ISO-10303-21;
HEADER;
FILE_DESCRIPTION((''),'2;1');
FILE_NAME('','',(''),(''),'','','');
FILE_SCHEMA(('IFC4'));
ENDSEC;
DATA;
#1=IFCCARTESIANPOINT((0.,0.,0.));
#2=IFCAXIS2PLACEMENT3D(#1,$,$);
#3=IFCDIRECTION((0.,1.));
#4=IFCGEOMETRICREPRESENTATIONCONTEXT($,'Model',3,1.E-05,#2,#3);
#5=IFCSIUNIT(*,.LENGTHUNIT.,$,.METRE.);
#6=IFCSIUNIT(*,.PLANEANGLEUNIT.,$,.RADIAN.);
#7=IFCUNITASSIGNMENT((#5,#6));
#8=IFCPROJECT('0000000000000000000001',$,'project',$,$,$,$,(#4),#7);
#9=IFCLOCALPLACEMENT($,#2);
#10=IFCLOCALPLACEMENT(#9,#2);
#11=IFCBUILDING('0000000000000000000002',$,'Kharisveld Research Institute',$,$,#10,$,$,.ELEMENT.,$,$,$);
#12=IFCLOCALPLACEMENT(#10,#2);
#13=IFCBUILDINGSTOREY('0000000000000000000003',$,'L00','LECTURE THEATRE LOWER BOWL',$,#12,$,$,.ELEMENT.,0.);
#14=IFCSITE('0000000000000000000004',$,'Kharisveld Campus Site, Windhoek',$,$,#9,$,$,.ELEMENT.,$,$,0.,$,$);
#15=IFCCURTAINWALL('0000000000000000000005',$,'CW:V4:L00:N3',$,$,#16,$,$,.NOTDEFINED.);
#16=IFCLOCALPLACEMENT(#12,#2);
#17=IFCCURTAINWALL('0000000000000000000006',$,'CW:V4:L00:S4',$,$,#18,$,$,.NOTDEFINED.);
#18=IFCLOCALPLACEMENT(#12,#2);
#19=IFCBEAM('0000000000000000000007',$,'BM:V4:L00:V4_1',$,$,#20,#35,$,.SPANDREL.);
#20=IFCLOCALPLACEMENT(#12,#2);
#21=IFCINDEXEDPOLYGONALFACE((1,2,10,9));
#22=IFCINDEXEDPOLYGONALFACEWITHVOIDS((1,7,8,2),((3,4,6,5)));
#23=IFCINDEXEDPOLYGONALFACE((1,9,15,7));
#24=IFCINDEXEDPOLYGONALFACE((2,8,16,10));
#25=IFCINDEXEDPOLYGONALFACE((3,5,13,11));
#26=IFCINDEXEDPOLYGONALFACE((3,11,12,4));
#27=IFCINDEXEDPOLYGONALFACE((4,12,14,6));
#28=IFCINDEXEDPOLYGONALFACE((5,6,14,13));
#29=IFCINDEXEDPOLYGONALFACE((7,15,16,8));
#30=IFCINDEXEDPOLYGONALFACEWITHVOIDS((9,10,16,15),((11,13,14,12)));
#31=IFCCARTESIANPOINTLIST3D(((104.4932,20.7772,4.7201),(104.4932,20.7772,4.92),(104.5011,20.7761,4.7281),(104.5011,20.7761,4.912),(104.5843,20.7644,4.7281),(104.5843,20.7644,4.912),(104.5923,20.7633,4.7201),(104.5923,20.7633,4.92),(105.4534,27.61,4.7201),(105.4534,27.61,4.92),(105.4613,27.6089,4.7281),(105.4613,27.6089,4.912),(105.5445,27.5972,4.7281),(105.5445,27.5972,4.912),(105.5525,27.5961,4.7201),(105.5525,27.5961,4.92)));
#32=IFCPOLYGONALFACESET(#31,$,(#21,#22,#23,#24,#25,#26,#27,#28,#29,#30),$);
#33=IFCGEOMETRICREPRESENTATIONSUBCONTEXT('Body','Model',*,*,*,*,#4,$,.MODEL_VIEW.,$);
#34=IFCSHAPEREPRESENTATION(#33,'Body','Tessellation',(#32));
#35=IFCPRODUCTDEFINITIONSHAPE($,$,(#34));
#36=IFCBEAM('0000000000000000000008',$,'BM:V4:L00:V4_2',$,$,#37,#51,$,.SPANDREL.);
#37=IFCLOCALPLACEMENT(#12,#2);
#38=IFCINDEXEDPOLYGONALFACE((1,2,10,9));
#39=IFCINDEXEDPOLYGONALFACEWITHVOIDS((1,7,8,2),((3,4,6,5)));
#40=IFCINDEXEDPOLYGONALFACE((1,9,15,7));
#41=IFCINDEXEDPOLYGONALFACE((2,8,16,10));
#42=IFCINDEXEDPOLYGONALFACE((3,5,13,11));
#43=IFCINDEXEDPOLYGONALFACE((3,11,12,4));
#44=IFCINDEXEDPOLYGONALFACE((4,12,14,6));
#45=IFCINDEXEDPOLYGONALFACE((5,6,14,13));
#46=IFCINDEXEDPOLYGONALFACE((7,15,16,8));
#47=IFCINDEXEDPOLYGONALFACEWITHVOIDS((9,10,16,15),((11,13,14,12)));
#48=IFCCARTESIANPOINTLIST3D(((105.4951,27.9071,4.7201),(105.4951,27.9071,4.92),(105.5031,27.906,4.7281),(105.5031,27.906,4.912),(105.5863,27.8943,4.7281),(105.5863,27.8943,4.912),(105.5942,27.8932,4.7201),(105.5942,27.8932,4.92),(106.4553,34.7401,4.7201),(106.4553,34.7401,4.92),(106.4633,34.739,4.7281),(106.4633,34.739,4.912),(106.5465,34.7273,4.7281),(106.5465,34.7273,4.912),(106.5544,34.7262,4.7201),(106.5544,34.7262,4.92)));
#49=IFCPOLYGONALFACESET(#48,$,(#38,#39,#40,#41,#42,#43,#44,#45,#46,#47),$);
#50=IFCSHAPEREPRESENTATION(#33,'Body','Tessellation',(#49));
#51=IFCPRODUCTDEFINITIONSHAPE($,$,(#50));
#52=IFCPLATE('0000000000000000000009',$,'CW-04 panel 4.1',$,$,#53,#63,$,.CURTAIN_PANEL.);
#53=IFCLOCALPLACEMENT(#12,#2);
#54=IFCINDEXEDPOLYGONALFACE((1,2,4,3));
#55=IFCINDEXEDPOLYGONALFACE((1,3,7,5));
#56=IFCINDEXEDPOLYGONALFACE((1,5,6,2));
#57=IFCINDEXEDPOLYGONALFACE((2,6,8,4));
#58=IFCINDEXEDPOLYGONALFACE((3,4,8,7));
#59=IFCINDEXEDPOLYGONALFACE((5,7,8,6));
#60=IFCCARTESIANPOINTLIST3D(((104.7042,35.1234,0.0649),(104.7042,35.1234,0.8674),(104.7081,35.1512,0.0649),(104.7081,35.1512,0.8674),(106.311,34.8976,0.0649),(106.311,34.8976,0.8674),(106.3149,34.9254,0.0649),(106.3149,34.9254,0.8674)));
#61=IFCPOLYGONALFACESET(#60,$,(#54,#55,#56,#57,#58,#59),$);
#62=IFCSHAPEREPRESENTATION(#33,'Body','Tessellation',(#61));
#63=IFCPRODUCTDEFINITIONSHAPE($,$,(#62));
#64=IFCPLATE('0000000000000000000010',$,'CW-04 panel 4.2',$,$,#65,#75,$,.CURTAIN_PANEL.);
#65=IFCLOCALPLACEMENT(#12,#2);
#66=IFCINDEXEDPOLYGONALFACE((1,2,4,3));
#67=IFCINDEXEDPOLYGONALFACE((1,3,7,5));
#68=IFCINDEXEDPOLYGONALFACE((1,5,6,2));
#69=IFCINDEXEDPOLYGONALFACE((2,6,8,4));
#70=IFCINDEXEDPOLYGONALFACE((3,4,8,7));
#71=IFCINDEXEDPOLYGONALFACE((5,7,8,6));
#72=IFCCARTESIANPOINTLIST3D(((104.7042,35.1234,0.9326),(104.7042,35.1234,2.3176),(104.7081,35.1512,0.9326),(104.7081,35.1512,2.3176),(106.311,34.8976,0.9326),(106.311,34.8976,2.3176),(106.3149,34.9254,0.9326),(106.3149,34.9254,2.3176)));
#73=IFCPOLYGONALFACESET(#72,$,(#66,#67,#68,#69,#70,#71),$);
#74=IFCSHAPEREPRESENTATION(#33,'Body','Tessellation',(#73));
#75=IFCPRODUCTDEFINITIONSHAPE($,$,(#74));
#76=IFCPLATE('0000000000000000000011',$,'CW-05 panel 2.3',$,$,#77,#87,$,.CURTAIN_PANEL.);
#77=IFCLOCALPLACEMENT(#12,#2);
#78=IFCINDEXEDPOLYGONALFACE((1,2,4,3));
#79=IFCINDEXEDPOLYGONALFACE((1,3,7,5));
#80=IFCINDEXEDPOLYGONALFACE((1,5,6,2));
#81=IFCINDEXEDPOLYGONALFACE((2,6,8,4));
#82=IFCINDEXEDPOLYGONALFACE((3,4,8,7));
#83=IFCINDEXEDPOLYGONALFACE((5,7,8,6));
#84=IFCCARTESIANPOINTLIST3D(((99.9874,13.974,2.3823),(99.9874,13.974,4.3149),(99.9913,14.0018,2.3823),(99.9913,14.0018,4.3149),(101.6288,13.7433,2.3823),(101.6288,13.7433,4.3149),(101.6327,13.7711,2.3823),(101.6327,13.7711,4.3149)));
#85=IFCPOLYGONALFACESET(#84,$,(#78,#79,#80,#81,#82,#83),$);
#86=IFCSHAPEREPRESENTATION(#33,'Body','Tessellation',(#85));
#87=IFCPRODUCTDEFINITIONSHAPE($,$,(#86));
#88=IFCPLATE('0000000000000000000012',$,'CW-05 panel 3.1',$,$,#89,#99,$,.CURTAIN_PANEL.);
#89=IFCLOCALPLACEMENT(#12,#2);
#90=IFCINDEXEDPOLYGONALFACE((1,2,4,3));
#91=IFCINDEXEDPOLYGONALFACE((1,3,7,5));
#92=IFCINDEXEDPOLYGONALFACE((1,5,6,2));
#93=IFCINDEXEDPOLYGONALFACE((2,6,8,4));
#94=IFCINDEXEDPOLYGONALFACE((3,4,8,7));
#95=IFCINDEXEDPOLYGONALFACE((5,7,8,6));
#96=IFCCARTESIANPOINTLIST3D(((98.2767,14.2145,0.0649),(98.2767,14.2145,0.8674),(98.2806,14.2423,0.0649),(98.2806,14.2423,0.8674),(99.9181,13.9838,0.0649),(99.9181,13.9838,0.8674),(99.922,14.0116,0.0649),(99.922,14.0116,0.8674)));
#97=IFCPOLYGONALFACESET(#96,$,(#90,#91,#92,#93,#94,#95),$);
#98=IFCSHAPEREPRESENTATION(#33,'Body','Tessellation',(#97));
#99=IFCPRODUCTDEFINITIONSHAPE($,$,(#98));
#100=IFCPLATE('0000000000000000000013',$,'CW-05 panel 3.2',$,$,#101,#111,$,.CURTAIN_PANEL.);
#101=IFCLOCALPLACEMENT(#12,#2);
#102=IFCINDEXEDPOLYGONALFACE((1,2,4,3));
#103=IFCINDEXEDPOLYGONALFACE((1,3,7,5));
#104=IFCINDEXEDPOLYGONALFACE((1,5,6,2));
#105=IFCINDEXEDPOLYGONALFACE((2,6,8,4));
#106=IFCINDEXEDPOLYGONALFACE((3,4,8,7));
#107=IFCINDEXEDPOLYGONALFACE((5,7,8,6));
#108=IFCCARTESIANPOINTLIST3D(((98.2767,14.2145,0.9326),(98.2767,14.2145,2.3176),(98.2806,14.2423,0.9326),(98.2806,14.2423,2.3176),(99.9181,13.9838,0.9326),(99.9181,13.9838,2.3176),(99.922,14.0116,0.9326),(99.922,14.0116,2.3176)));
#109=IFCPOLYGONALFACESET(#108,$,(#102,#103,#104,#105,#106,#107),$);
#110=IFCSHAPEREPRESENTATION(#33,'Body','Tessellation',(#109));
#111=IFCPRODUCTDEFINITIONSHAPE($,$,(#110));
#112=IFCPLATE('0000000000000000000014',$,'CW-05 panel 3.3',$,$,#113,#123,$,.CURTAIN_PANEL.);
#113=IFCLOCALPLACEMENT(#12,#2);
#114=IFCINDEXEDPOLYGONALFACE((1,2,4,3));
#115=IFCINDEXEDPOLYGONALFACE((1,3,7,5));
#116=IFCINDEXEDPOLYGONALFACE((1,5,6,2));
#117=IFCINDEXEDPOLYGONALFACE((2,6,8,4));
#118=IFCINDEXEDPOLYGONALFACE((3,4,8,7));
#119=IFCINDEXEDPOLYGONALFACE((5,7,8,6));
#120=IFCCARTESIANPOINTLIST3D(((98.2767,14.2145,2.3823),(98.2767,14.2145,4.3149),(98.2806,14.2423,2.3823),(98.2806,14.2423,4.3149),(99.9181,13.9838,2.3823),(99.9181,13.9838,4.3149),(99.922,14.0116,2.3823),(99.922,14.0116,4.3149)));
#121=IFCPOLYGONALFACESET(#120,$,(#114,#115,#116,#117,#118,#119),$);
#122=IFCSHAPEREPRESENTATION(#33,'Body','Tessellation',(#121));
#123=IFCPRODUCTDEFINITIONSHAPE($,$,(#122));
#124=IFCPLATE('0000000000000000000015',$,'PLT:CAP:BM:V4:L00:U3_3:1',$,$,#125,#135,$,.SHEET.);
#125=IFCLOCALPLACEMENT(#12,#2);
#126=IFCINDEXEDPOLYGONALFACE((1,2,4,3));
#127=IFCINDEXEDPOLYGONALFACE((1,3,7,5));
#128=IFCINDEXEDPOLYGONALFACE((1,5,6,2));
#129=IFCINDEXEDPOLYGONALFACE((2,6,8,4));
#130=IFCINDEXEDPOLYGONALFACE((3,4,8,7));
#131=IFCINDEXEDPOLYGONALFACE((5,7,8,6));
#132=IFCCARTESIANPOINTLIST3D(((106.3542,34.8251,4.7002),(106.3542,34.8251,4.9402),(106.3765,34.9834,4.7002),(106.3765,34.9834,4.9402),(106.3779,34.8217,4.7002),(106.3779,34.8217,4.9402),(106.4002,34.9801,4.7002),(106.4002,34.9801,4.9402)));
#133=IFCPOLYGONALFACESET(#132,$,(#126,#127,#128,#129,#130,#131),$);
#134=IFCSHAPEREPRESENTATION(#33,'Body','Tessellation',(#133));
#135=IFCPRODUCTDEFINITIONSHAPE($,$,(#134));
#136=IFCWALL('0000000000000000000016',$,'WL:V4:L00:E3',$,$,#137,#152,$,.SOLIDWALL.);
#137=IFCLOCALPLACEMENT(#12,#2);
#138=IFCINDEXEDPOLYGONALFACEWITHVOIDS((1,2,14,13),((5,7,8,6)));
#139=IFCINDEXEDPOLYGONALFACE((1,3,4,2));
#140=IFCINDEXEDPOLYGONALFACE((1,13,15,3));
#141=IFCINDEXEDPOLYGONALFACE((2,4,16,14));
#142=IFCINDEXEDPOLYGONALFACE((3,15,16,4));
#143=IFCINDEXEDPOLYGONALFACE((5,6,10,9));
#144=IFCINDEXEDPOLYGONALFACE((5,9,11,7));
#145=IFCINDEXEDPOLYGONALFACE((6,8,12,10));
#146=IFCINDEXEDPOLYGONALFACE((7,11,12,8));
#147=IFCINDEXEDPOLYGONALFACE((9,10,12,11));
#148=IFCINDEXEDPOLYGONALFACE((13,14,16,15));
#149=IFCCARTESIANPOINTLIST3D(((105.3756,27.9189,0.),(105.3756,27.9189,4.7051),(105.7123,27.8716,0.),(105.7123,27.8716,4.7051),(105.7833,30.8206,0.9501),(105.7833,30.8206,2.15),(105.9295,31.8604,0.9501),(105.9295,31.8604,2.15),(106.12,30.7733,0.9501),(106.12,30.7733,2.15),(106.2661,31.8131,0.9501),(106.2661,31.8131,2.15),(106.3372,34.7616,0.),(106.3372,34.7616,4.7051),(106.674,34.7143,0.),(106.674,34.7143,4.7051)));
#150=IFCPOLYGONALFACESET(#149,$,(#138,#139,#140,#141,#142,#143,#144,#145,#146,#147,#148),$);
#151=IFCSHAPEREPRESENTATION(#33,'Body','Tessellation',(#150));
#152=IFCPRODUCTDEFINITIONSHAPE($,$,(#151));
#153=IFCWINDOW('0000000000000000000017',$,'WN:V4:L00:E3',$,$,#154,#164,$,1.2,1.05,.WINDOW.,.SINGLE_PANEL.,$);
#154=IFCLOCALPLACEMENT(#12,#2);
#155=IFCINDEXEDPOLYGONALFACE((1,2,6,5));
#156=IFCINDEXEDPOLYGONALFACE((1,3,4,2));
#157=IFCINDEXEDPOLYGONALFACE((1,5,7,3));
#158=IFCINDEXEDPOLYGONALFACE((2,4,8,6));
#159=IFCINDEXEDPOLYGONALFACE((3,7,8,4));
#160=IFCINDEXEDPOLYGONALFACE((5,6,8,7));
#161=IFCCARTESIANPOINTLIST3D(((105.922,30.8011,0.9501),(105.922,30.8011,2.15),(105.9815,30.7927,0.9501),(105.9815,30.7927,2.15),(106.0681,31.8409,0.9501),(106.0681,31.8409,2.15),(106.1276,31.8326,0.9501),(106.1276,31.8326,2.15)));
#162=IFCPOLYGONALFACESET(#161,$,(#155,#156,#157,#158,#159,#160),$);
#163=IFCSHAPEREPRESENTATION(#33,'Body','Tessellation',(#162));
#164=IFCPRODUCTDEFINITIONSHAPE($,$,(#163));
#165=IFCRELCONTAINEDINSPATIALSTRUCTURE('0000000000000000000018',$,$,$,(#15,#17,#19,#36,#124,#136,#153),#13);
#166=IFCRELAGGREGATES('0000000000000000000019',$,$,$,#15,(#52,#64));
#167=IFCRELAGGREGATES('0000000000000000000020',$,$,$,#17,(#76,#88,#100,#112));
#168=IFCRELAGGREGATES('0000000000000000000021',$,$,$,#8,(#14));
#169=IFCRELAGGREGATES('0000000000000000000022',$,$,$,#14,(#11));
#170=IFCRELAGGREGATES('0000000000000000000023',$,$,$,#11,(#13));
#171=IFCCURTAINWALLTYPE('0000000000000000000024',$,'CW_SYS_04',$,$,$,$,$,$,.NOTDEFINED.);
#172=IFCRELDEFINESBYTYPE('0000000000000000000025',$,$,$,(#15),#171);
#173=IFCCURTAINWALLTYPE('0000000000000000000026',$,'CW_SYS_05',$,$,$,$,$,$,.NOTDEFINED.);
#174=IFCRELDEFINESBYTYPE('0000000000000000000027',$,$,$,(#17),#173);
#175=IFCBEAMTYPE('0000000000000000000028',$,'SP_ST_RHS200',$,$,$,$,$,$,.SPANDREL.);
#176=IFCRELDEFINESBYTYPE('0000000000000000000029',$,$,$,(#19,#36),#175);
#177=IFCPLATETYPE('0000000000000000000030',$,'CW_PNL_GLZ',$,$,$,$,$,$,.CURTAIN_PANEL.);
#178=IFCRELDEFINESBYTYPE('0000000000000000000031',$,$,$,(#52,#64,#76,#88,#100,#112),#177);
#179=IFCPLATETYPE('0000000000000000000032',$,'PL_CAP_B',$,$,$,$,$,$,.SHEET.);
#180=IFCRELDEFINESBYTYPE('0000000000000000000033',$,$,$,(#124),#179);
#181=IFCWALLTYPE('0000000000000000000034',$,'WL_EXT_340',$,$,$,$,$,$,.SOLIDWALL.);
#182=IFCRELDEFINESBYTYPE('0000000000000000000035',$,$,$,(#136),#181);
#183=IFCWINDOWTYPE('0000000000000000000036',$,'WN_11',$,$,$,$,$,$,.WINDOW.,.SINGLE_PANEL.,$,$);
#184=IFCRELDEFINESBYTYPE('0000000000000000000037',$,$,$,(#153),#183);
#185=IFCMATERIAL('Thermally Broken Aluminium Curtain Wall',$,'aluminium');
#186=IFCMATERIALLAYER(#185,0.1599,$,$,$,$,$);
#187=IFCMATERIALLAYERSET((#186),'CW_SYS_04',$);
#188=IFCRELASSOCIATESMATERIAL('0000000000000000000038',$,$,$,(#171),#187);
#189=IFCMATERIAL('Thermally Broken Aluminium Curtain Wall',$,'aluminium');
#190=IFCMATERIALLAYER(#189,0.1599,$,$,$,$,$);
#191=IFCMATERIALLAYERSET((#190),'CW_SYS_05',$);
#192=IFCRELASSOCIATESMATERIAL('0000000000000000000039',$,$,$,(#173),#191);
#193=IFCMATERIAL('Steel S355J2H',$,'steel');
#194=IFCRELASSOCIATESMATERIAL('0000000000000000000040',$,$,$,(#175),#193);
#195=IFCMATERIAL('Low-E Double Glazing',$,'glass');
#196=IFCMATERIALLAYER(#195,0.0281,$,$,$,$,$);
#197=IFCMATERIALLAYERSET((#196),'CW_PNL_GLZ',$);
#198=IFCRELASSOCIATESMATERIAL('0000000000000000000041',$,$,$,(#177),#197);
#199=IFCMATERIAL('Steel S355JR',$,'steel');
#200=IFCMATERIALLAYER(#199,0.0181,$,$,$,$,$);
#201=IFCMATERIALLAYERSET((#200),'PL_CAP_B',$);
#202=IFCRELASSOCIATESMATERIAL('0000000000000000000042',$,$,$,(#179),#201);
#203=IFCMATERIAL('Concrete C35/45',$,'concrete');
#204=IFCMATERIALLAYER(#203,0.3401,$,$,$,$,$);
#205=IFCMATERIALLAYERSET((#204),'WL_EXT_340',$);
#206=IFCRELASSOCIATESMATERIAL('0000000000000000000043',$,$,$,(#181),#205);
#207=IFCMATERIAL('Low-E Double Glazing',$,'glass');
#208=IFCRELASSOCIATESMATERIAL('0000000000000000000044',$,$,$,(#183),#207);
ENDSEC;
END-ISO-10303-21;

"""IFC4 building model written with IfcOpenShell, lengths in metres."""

from ifc_helpers import new_model, si_unit, direction, frame, frame_2d, origin, origin_2d, place, context, subcontext, project, spatial, rectangle, hollow_rectangle, extrude, material, layer, layer_set, material_profile, profile_set, type_object, element, fill, aggregate, save


model = new_model("IFC4")

# Units and contexts
model_context = context("Model", 3, precision=1e-05, world=origin(), true_north=direction((0.0, 1.0)))
body_context = subcontext(model_context, "Body", "Model", "MODEL_VIEW")
ifc_project = project(units=[si_unit("LENGTHUNIT", "METRE"), si_unit("PLANEANGLEUNIT", "RADIAN")], contexts=[model_context])

# Site, building, storey
site_placement = place(None, origin())
site = spatial("IfcSite", under=ifc_project, at=site_placement, Name="Kharisveld Campus Site, Windhoek", CompositionType="ELEMENT", RefElevation=0.0)
building_placement = place(site_placement, origin())
building = spatial("IfcBuilding", under=site, at=building_placement, Name="Kharisveld Research Institute", CompositionType="ELEMENT")
storey_placement = place(building_placement, origin())
storey = spatial("IfcBuildingStorey", under=building, at=storey_placement, Name="L00", Description="LECTURE THEATRE LOWER BOWL", CompositionType="ELEMENT", Elevation=0.0)

# Curtain wall
ifc_material_1 = material(Name="Thermally Broken Aluminium Curtain Wall", Category="aluminium")
ifc_layer_1 = layer(ifc_material_1, 0.1599)
ifc_layer_set_1 = layer_set([ifc_layer_1], Name="CW_SYS_04")
curtain_wall_type_1 = type_object("IfcCurtainWallType", Name="CW_SYS_04", PredefinedType="NOTDEFINED", material=ifc_layer_set_1)
curtain_wall_1_placement = place(storey_placement, origin())
curtain_wall_1 = element("IfcCurtainWall", 1, at=curtain_wall_1_placement, inside=storey, type_object=curtain_wall_type_1, Name="CW:V4:L00:N3", PredefinedType="NOTDEFINED")

# Curtain wall
ifc_material_2 = material(Name="Thermally Broken Aluminium Curtain Wall", Category="aluminium")
ifc_layer_2 = layer(ifc_material_2, 0.1599)
ifc_layer_set_2 = layer_set([ifc_layer_2], Name="CW_SYS_05")
curtain_wall_type_2 = type_object("IfcCurtainWallType", Name="CW_SYS_05", PredefinedType="NOTDEFINED", material=ifc_layer_set_2)
curtain_wall_2_placement = place(storey_placement, origin())
curtain_wall_2 = element("IfcCurtainWall", 2, at=curtain_wall_2_placement, inside=storey, type_object=curtain_wall_type_2, Name="CW:V4:L00:S4", PredefinedType="NOTDEFINED")

# Beams
ifc_material_3 = material(Name="Steel S355J2H", Category="steel")
ifc_material_profile_1 = material_profile(ifc_material_3, hollow_rectangle(XDim=0.1001, YDim=0.2, WallThickness=0.0081, at=origin_2d()))
ifc_profile_set_1 = profile_set([ifc_material_profile_1], Name="Steel S355J2H")
beam_type_1 = type_object("IfcBeamType", Name="SP_ST_RHS200", PredefinedType="SPANDREL", material=ifc_profile_set_1)
beam_1_placement = place(storey_placement, frame((104.5427, 20.7703, 4.8201), z_axis=(0.139162, 0.99027, 0.0), x_axis=(-0.99027, 0.139162, 0.0)))
element("IfcBeam", 3, at=beam_1_placement, inside=storey, type_object=beam_type_1, Name="BM:V4:L00:V4_1", PredefinedType="SPANDREL", context=body_context, shape_type="SweptSolid", body=[
    extrude(hollow_rectangle(XDim=0.1001, YDim=0.2, WallThickness=0.0081, at=origin_2d()), origin(), (0.0, 0.0, 1.0), 6.8999),
])
beam_2_placement = place(storey_placement, frame((105.5447, 27.9001, 4.8201), z_axis=(0.139157, 0.99027, 0.0), x_axis=(-0.99027, 0.139157, 0.0)))
element("IfcBeam", 4, at=beam_2_placement, inside=storey, type_object=beam_type_1, Name="BM:V4:L00:V4_2", PredefinedType="SPANDREL", context=body_context, shape_type="SweptSolid", body=[
    extrude(hollow_rectangle(XDim=0.1001, YDim=0.2, WallThickness=0.0081, at=origin_2d()), origin(), (0.0, 0.0, 1.0), 6.9001),
])

# Plates
ifc_material_4 = material(Name="Low-E Double Glazing", Category="glass")
ifc_layer_3 = layer(ifc_material_4, 0.0281)
ifc_layer_set_3 = layer_set([ifc_layer_3], Name="CW_PNL_GLZ")
plate_type_1 = type_object("IfcPlateType", Name="CW_PNL_GLZ", PredefinedType="CURTAIN_PANEL", material=ifc_layer_set_3)
plate_1_placement = place(storey_placement, frame((105.5095, 35.0244, 0.0649), z_axis=(0.0, 0.0, 1.0), x_axis=(0.990268, -0.139173, 0.0)))
plate_1 = element("IfcPlate", 5, at=plate_1_placement, type_object=plate_type_1, Name="CW-04 panel 4.1", PredefinedType="CURTAIN_PANEL", context=body_context, shape_type="SweptSolid", body=[
    extrude(rectangle(XDim=1.6226, YDim=0.0281, at=origin_2d()), origin(), (0.0, 0.0, 1.0), 0.8025),
])
plate_2_placement = place(storey_placement, frame((105.5095, 35.0244, 0.9326), z_axis=(0.0, 0.0, 1.0), x_axis=(0.990268, -0.139173, 0.0)))
plate_2 = element("IfcPlate", 6, at=plate_2_placement, type_object=plate_type_1, Name="CW-04 panel 4.2", PredefinedType="CURTAIN_PANEL", context=body_context, shape_type="SweptSolid", body=[
    extrude(rectangle(XDim=1.6226, YDim=0.0281, at=origin_2d()), origin(), (0.0, 0.0, 1.0), 1.385),
])
aggregate(curtain_wall_1, [plate_1, plate_2])
plate_3_placement = place(storey_placement, frame((100.8101, 13.8726, 2.3823), z_axis=(0.0, 0.0, 1.0), x_axis=(-0.990268, 0.139173, 0.0)))
plate_3 = element("IfcPlate", 7, at=plate_3_placement, type_object=plate_type_1, Name="CW-05 panel 2.3", PredefinedType="CURTAIN_PANEL", context=body_context, shape_type="SweptSolid", body=[
    extrude(rectangle(XDim=1.6575, YDim=0.0281, at=origin_2d()), origin(), (0.0, 0.0, 1.0), 1.9326),
])
plate_4_placement = place(storey_placement, frame((99.0994, 14.113, 0.0649), z_axis=(0.0, 0.0, 1.0), x_axis=(-0.990268, 0.139173, 0.0)))
plate_4 = element("IfcPlate", 8, at=plate_4_placement, type_object=plate_type_1, Name="CW-05 panel 3.1", PredefinedType="CURTAIN_PANEL", context=body_context, shape_type="SweptSolid", body=[
    extrude(rectangle(XDim=1.6575, YDim=0.0281, at=origin_2d()), origin(), (0.0, 0.0, 1.0), 0.8025),
])
plate_5_placement = place(storey_placement, frame((99.0994, 14.113, 0.9326), z_axis=(0.0, 0.0, 1.0), x_axis=(-0.990268, 0.139173, 0.0)))
plate_5 = element("IfcPlate", 9, at=plate_5_placement, type_object=plate_type_1, Name="CW-05 panel 3.2", PredefinedType="CURTAIN_PANEL", context=body_context, shape_type="SweptSolid", body=[
    extrude(rectangle(XDim=1.6575, YDim=0.0281, at=origin_2d()), origin(), (0.0, 0.0, 1.0), 1.385),
])
plate_6_placement = place(storey_placement, frame((99.0994, 14.113, 2.3823), z_axis=(0.0, 0.0, 1.0), x_axis=(-0.990268, 0.139173, 0.0)))
plate_6 = element("IfcPlate", 10, at=plate_6_placement, type_object=plate_type_1, Name="CW-05 panel 3.3", PredefinedType="CURTAIN_PANEL", context=body_context, shape_type="SweptSolid", body=[
    extrude(rectangle(XDim=1.6575, YDim=0.0281, at=origin_2d()), origin(), (0.0, 0.0, 1.0), 1.9326),
])
aggregate(curtain_wall_2, [plate_3, plate_4, plate_5, plate_6])
ifc_material_5 = material(Name="Steel S355JR", Category="steel")
ifc_layer_4 = layer(ifc_material_5, 0.0181)
ifc_layer_set_4 = layer_set([ifc_layer_4], Name="PL_CAP_B")
plate_type_2 = type_object("IfcPlateType", Name="PL_CAP_B", PredefinedType="SHEET", material=ifc_layer_set_4)
plate_7_placement = place(storey_placement, frame((106.3772, 34.9026, 4.7002), z_axis=(0.0, 0.0, 1.0), x_axis=(0.990268, -0.139173, 0.0)))
element("IfcPlate", 11, at=plate_7_placement, inside=storey, type_object=plate_type_2, Name="PLT:CAP:BM:V4:L00:U3_3:1", PredefinedType="SHEET", context=body_context, shape_type="SweptSolid", body=[
    extrude(rectangle(XDim=0.0239, YDim=0.1599, at=origin_2d()), origin(), (0.0, 0.0, 1.0), 0.24),
])

# Wall, opening, window
ifc_material_6 = material(Name="Concrete C35/45", Category="concrete")
ifc_layer_5 = layer(ifc_material_6, 0.3401)
ifc_layer_set_5 = layer_set([ifc_layer_5], Name="WL_EXT_340")
wall_type_1 = type_object("IfcWallType", Name="WL_EXT_340", PredefinedType="SOLIDWALL", material=ifc_layer_set_5)
wall_1_placement = place(storey_placement, frame((106.5056, 34.738, 0.0), z_axis=(0.0, 0.0, 1.0), x_axis=(-0.13917, -0.990268, 0.0)))
wall_1 = element("IfcWall", 12, at=wall_1_placement, inside=storey, type_object=wall_type_1, Name="WL:V4:L00:E3", PredefinedType="SOLIDWALL", context=body_context, shape_type="SweptSolid", body=[
    extrude(rectangle(XDim=6.9099, YDim=0.3401, at=frame_2d((3.4551, 0.0))), origin(), (0.0, 0.0, 1.0), 4.7051),
])
opening_1_placement = place(wall_1_placement, frame((2.9299, 0.0, 0.95)))
opening_1 = element("IfcOpeningElement", 13, at=opening_1_placement, cuts=wall_1, PredefinedType="OPENING", context=body_context, shape_type="SweptSolid", body=[
    extrude(rectangle(XDim=1.05, YDim=1.2, at=frame_2d((0.5249, 0.6001))), frame((0.0, 0.1699, 0.0), z_axis=(0.0, -1.0, 0.0), x_axis=(1.0, 0.0, 0.0)), (0.0, 0.0, 1.0), 0.3401),
])
ifc_material_7 = material(Name="Low-E Double Glazing", Category="glass")
window_type_1 = type_object("IfcWindowType", Name="WN_11", PartitioningType="SINGLE_PANEL", PredefinedType="WINDOW", material=ifc_material_7)
window_1_placement = place(opening_1_placement, origin())
window_1 = element("IfcWindow", 14, at=window_1_placement, inside=storey, type_object=window_type_1, Name="WN:V4:L00:E3", OverallHeight=1.2, OverallWidth=1.05, PartitioningType="SINGLE_PANEL", PredefinedType="WINDOW", context=body_context, shape_type="SweptSolid", body=[
    extrude(rectangle(XDim=1.05, YDim=1.2, at=frame_2d((0.5249, 0.6001))), frame((0.0, 0.03, 0.0), z_axis=(0.0, -1.0, 0.0), x_axis=(1.0, 0.0, 0.0)), (0.0, 0.0, 1.0), 0.0601),
])
fill(opening_1, window_1)

save(model, "model.ifc")
